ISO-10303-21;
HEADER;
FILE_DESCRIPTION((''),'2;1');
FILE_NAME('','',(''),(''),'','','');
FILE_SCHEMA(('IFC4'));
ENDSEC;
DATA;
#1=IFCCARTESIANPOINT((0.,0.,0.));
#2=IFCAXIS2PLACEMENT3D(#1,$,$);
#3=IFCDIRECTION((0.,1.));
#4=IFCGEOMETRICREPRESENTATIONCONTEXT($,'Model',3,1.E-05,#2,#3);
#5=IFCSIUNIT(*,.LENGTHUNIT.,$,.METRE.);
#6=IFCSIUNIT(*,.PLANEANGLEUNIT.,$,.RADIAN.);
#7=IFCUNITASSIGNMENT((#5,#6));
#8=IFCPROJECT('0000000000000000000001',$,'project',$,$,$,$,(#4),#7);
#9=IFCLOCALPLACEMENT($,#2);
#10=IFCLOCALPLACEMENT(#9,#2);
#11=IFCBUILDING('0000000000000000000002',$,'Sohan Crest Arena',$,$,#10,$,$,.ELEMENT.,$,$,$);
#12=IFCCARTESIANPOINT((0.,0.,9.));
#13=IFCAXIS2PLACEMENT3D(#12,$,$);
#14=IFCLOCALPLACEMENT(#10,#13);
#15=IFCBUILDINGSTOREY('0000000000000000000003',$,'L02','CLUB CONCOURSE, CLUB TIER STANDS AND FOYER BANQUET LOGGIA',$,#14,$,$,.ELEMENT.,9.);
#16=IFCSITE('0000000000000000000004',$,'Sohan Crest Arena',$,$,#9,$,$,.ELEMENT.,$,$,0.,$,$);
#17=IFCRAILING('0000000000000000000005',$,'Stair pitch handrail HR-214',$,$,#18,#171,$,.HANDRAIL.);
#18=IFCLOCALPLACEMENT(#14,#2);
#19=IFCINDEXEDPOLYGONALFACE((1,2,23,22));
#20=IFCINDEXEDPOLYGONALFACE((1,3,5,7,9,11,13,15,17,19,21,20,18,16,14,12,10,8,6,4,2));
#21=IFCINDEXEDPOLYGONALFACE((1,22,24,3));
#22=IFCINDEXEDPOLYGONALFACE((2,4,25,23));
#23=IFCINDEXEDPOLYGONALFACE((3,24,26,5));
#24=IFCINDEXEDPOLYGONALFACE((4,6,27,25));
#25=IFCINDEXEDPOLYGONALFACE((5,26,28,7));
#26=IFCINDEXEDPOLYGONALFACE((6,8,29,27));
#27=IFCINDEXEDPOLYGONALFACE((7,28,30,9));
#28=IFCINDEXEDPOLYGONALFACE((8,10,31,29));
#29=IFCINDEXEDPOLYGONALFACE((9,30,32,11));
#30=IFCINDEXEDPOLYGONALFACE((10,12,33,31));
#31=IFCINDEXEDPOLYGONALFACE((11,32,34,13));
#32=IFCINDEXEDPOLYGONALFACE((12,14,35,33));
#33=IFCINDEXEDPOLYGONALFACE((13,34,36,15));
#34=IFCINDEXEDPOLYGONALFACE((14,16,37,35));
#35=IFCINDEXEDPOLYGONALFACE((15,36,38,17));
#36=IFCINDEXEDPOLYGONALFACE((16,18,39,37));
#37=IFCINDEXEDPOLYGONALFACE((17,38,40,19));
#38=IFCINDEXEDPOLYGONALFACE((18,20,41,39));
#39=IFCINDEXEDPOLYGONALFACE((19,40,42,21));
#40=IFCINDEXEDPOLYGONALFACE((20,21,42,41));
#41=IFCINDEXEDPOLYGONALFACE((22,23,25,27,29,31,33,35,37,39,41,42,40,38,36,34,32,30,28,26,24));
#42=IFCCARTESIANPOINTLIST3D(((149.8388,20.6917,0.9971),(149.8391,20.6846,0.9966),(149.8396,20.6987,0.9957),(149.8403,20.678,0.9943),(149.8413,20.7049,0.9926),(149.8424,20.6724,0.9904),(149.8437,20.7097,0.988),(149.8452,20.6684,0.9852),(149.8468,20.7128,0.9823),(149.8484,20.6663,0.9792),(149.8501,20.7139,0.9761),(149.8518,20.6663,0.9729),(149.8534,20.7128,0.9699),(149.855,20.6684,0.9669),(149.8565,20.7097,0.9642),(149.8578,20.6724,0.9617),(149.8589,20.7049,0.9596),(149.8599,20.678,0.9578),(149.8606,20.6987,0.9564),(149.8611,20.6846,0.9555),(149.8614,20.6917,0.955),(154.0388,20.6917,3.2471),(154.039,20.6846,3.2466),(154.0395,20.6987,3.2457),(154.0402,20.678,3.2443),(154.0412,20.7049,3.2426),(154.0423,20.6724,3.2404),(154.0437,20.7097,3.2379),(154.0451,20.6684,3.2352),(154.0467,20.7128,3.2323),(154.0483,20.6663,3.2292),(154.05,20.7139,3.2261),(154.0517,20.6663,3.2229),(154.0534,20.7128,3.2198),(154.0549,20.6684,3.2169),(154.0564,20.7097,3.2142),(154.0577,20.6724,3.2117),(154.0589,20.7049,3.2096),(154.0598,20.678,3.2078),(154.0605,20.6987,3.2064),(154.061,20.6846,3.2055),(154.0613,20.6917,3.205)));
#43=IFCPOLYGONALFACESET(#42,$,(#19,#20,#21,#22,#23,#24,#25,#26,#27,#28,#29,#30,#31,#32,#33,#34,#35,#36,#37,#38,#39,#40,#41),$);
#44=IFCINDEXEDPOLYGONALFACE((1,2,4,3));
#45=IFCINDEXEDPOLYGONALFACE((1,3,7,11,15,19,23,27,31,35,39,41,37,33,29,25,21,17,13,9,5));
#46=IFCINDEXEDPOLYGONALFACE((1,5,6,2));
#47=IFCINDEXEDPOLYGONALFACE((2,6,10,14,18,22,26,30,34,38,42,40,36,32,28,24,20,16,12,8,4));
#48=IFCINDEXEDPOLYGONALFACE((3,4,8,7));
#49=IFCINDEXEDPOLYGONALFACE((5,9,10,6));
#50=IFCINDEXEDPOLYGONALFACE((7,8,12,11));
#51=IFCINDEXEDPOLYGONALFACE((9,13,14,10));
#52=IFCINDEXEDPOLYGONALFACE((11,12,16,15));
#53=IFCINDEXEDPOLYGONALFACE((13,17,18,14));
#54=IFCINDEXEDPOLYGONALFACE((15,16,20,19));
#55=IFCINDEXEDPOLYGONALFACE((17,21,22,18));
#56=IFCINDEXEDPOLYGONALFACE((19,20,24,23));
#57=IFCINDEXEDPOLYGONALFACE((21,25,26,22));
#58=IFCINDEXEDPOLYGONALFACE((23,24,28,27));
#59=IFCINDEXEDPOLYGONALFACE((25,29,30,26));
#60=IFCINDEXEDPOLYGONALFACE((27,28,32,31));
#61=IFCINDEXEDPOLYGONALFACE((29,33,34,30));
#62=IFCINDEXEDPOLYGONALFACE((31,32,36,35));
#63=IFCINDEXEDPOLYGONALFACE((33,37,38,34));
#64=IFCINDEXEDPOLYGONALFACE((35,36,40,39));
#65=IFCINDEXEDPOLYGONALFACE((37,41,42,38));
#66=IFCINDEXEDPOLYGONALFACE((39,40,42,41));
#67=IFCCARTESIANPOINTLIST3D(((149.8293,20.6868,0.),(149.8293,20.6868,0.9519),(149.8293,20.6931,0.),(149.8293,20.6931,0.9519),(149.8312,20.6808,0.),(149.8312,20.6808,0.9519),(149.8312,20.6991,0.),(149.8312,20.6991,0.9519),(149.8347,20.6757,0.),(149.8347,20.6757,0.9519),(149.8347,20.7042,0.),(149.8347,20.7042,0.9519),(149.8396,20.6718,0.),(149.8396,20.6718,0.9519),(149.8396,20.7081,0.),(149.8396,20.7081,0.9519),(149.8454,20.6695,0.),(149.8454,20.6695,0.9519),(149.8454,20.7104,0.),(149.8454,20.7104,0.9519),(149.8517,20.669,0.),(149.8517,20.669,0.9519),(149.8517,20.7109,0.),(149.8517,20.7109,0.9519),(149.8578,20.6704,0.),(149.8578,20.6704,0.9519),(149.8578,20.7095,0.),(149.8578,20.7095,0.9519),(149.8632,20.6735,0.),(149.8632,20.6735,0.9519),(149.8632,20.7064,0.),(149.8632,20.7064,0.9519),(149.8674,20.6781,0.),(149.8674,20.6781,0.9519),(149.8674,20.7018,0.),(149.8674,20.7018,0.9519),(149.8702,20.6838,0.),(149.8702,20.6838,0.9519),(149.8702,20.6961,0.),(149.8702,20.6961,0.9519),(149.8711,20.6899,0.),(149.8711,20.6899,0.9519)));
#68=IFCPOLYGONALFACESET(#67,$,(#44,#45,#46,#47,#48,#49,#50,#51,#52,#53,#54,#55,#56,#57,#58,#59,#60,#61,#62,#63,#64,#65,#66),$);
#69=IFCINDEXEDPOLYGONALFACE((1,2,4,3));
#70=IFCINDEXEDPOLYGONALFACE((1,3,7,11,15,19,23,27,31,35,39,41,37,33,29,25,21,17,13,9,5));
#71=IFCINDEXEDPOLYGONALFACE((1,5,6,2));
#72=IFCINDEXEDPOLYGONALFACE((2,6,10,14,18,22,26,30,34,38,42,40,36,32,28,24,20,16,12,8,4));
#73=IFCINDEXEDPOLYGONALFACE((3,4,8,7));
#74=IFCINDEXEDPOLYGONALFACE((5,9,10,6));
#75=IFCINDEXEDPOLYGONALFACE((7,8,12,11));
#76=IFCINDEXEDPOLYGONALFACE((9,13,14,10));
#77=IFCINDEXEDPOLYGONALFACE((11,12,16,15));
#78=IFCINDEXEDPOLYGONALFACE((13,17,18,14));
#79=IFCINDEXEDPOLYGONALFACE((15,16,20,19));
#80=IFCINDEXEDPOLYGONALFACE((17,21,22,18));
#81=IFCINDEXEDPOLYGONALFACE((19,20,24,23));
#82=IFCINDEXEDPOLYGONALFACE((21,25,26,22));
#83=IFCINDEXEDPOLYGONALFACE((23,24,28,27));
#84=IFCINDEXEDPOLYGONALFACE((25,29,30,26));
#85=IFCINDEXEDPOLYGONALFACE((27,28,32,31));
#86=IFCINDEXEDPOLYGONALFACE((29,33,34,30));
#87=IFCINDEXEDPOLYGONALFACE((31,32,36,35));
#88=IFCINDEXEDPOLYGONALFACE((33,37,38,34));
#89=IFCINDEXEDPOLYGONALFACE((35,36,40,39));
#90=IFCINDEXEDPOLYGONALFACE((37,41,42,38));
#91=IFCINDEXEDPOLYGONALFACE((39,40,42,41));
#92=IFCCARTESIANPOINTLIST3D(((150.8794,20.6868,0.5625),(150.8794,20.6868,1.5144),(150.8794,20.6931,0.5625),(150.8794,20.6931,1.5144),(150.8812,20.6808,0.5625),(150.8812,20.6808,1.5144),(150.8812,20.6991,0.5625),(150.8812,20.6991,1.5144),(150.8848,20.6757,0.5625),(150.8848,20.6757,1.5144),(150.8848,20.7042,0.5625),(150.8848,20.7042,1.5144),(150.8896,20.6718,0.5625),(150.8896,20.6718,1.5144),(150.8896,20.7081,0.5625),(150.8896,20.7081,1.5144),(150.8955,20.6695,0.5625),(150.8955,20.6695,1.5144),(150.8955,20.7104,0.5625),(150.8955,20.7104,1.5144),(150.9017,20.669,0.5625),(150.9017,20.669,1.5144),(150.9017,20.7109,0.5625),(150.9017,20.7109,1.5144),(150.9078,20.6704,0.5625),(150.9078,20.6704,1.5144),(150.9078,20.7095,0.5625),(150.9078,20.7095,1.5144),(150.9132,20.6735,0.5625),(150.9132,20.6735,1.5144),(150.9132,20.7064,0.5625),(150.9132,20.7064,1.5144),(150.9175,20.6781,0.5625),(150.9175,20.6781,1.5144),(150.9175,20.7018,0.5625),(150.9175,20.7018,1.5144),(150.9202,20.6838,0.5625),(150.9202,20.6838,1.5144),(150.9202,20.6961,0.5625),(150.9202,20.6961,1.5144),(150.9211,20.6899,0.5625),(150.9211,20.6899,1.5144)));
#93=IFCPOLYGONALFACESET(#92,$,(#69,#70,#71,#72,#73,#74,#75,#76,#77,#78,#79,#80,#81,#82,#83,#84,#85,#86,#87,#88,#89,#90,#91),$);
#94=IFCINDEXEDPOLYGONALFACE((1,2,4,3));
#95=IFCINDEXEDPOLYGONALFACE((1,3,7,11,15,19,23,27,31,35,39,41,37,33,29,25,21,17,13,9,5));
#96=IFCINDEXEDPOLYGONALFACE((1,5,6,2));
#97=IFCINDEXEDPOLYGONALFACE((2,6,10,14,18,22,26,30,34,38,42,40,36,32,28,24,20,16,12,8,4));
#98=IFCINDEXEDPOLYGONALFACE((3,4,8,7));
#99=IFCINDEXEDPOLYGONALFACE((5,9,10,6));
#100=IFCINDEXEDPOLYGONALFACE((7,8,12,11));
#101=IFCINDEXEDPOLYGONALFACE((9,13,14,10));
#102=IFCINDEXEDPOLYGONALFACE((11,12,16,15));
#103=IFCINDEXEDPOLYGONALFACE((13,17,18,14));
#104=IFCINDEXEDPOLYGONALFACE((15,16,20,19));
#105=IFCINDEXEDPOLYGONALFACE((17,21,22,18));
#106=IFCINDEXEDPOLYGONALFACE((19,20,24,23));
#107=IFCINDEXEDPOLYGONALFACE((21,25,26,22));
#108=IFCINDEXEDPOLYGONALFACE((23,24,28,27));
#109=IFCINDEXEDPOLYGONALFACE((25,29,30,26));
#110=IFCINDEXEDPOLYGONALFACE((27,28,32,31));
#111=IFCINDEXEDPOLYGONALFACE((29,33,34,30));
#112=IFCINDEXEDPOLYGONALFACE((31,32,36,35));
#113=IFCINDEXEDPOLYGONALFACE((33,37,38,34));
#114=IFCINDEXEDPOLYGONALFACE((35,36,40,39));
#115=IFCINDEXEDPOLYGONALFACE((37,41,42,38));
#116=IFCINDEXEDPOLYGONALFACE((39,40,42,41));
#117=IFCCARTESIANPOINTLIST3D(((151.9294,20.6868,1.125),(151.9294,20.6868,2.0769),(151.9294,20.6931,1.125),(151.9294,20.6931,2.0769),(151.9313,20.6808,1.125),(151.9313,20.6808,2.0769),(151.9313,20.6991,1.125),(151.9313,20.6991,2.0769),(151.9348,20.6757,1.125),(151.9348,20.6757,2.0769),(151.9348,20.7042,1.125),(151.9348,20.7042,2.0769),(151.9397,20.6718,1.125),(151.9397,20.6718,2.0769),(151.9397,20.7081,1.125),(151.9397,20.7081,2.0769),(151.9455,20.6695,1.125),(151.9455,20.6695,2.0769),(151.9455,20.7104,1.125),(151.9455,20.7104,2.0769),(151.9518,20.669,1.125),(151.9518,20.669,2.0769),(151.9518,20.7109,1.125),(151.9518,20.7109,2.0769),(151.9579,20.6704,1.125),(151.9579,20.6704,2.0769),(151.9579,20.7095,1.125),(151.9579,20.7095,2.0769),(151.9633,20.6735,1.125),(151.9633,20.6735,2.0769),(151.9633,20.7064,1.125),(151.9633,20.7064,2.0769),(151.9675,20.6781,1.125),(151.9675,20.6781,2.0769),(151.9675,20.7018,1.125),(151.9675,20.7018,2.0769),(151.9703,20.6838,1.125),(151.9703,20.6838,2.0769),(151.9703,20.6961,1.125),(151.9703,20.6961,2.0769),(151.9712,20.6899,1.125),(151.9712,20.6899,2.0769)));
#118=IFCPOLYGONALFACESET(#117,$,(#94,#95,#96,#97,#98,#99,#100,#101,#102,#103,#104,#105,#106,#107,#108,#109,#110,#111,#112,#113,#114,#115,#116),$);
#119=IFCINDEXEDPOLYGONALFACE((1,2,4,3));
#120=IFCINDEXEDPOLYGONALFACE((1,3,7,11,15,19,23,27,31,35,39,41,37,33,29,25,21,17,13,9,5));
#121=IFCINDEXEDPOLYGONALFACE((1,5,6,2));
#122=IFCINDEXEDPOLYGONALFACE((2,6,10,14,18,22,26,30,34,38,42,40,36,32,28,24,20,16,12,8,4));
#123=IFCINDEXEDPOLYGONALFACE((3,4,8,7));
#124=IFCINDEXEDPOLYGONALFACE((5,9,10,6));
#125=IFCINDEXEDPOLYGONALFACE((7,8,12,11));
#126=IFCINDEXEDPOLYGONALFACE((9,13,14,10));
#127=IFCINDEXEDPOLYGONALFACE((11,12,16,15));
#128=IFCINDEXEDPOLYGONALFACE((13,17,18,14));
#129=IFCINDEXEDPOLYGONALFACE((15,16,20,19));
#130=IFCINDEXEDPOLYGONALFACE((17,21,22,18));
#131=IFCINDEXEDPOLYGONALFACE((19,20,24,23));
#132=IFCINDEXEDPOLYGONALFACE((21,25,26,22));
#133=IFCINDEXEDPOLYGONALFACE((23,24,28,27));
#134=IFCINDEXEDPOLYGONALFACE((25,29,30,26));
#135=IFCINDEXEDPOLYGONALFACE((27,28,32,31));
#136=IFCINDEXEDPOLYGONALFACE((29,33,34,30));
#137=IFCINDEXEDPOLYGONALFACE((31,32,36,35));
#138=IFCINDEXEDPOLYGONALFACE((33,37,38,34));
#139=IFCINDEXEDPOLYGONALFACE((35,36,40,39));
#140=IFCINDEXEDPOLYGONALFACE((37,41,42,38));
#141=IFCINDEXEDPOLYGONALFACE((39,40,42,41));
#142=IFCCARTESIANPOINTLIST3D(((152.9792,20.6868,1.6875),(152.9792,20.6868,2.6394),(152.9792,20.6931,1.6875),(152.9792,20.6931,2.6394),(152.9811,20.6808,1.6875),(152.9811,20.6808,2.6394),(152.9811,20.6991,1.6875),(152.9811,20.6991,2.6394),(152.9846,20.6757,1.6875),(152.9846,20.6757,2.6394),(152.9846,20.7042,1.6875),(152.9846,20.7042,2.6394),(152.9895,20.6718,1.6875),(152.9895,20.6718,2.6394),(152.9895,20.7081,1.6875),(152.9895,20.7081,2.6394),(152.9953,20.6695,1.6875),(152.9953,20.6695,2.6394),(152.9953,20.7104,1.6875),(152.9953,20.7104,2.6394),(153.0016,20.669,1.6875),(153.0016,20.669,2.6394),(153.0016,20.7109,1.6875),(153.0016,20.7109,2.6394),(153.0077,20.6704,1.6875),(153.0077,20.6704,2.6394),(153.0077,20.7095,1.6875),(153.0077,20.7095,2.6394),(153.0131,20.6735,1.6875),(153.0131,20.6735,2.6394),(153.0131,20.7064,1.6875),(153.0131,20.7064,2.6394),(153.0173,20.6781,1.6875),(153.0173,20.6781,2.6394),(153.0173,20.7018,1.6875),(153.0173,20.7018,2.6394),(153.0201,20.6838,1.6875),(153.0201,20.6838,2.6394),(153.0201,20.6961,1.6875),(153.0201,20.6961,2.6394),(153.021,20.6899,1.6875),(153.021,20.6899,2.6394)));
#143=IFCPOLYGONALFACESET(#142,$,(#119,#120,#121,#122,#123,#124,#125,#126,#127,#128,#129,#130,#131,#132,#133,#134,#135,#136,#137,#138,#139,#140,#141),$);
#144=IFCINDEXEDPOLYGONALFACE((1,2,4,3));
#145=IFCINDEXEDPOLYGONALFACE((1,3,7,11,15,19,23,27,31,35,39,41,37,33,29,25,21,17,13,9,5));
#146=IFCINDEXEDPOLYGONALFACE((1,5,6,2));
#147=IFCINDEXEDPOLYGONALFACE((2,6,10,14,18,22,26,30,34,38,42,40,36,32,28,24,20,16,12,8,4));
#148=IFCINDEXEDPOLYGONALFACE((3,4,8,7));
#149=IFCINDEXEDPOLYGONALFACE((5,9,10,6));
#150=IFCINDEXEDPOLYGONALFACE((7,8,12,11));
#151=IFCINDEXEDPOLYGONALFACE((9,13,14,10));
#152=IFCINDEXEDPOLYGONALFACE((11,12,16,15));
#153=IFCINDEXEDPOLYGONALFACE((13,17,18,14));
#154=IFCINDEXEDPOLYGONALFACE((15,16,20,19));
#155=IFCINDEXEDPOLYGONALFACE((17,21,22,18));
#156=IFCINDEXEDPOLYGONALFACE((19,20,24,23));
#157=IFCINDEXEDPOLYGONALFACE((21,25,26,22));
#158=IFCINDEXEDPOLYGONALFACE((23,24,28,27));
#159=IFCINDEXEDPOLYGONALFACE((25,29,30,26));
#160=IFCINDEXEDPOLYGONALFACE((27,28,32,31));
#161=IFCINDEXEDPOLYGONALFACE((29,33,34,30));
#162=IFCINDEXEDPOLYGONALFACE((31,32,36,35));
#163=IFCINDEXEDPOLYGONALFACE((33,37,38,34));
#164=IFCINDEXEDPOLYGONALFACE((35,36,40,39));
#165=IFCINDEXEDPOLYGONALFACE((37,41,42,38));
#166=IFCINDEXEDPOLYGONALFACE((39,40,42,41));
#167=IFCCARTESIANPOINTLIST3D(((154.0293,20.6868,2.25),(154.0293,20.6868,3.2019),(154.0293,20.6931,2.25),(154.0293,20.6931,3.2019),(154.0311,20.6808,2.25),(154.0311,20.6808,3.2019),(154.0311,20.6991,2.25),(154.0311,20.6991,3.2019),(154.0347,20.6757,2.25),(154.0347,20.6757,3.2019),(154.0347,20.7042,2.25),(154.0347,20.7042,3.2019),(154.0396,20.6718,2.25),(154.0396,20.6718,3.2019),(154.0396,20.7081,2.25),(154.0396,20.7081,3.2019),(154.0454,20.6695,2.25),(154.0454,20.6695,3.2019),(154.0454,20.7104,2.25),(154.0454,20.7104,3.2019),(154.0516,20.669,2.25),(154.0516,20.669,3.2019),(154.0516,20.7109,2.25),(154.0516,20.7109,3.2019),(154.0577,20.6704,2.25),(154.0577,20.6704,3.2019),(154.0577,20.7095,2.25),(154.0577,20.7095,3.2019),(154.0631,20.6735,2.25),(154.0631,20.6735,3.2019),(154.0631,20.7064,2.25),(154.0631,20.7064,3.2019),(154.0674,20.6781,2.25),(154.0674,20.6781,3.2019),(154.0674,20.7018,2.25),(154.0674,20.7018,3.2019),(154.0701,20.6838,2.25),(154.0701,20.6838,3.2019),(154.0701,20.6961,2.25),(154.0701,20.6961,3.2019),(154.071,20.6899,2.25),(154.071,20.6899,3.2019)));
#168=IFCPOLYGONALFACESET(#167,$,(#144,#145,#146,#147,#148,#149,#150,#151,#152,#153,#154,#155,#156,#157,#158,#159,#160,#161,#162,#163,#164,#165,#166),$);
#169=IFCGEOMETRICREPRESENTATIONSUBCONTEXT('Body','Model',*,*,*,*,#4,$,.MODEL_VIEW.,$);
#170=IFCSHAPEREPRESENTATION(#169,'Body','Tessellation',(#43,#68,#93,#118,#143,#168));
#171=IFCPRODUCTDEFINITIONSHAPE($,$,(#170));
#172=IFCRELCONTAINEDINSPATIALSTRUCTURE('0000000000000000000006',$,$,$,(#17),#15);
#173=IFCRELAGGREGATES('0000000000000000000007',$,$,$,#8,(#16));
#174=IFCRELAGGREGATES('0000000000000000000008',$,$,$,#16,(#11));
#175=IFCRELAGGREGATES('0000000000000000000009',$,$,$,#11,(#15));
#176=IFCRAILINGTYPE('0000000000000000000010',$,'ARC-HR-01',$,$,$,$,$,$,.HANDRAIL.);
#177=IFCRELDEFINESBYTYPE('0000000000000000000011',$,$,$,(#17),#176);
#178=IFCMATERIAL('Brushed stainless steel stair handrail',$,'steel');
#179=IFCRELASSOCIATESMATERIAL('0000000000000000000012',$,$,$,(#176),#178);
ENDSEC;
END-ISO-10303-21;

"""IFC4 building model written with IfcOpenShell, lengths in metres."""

from ifc_helpers import new_model, si_unit, direction, frame, origin, origin_2d, place, context, subcontext, project, spatial, circle, extrude, material, type_object, element, save


model = new_model("IFC4")

# Units and contexts
model_context = context("Model", 3, precision=1e-05, world=origin(), true_north=direction((0.0, 1.0)))
body_context = subcontext(model_context, "Body", "Model", "MODEL_VIEW")
ifc_project = project(units=[si_unit("LENGTHUNIT", "METRE"), si_unit("PLANEANGLEUNIT", "RADIAN")], contexts=[model_context])

# Site, building, storey
site_placement = place(None, origin())
site = spatial("IfcSite", under=ifc_project, at=site_placement, Name="Sohan Crest Arena", CompositionType="ELEMENT", RefElevation=0.0)
building_placement = place(site_placement, origin())
building = spatial("IfcBuilding", under=site, at=building_placement, Name="Sohan Crest Arena", CompositionType="ELEMENT")
storey_placement = place(building_placement, frame((0.0, 0.0, 9.0)))
storey = spatial("IfcBuildingStorey", under=building, at=storey_placement, Name="L02", Description="CLUB CONCOURSE, CLUB TIER STANDS AND FOYER BANQUET LOGGIA", CompositionType="ELEMENT", Elevation=9.0)

# Railing
ifc_material_1 = material(Name="Brushed stainless steel stair handrail", Category="steel")
railing_type_1 = type_object("IfcRailingType", Name="ARC-HR-01", PredefinedType="HANDRAIL", material=ifc_material_1)
for number, where, name in (
    (1, (149.8501, 20.6899, 0.0), "Stair pitch handrail HR-214"),
):
    element("IfcRailing", number, at=place(storey_placement, frame(where)), inside=storey, type_object=railing_type_1, Name=name, PredefinedType="HANDRAIL", context=body_context, shape_type="SweptSolid", body=[
        extrude(circle(Radius=0.0239, at=origin_2d()), frame((0.0, 0.0, 0.9761), z_axis=(0.881478, 0.0, 0.472226), x_axis=(0.0, 1.0, 0.0)), (0.0, 0.0, 1.0), 4.7646),
        extrude(circle(Radius=0.021, at=origin_2d()), origin(), (0.0, 0.0, 1.0), 0.9519),
        extrude(circle(Radius=0.021, at=origin_2d()), frame((1.05, 0.0, 0.5625)), (0.0, 0.0, 1.0), 0.9519),
        extrude(circle(Radius=0.021, at=origin_2d()), frame((2.1001, 0.0, 1.125)), (0.0, 0.0, 1.0), 0.9519),
        extrude(circle(Radius=0.021, at=origin_2d()), frame((3.1499, 0.0, 1.6875)), (0.0, 0.0, 1.0), 0.9519),
        extrude(circle(Radius=0.021, at=origin_2d()), frame((4.2, 0.0, 2.25)), (0.0, 0.0, 1.0), 0.9519),
    ])

save(model, "model.ifc")
